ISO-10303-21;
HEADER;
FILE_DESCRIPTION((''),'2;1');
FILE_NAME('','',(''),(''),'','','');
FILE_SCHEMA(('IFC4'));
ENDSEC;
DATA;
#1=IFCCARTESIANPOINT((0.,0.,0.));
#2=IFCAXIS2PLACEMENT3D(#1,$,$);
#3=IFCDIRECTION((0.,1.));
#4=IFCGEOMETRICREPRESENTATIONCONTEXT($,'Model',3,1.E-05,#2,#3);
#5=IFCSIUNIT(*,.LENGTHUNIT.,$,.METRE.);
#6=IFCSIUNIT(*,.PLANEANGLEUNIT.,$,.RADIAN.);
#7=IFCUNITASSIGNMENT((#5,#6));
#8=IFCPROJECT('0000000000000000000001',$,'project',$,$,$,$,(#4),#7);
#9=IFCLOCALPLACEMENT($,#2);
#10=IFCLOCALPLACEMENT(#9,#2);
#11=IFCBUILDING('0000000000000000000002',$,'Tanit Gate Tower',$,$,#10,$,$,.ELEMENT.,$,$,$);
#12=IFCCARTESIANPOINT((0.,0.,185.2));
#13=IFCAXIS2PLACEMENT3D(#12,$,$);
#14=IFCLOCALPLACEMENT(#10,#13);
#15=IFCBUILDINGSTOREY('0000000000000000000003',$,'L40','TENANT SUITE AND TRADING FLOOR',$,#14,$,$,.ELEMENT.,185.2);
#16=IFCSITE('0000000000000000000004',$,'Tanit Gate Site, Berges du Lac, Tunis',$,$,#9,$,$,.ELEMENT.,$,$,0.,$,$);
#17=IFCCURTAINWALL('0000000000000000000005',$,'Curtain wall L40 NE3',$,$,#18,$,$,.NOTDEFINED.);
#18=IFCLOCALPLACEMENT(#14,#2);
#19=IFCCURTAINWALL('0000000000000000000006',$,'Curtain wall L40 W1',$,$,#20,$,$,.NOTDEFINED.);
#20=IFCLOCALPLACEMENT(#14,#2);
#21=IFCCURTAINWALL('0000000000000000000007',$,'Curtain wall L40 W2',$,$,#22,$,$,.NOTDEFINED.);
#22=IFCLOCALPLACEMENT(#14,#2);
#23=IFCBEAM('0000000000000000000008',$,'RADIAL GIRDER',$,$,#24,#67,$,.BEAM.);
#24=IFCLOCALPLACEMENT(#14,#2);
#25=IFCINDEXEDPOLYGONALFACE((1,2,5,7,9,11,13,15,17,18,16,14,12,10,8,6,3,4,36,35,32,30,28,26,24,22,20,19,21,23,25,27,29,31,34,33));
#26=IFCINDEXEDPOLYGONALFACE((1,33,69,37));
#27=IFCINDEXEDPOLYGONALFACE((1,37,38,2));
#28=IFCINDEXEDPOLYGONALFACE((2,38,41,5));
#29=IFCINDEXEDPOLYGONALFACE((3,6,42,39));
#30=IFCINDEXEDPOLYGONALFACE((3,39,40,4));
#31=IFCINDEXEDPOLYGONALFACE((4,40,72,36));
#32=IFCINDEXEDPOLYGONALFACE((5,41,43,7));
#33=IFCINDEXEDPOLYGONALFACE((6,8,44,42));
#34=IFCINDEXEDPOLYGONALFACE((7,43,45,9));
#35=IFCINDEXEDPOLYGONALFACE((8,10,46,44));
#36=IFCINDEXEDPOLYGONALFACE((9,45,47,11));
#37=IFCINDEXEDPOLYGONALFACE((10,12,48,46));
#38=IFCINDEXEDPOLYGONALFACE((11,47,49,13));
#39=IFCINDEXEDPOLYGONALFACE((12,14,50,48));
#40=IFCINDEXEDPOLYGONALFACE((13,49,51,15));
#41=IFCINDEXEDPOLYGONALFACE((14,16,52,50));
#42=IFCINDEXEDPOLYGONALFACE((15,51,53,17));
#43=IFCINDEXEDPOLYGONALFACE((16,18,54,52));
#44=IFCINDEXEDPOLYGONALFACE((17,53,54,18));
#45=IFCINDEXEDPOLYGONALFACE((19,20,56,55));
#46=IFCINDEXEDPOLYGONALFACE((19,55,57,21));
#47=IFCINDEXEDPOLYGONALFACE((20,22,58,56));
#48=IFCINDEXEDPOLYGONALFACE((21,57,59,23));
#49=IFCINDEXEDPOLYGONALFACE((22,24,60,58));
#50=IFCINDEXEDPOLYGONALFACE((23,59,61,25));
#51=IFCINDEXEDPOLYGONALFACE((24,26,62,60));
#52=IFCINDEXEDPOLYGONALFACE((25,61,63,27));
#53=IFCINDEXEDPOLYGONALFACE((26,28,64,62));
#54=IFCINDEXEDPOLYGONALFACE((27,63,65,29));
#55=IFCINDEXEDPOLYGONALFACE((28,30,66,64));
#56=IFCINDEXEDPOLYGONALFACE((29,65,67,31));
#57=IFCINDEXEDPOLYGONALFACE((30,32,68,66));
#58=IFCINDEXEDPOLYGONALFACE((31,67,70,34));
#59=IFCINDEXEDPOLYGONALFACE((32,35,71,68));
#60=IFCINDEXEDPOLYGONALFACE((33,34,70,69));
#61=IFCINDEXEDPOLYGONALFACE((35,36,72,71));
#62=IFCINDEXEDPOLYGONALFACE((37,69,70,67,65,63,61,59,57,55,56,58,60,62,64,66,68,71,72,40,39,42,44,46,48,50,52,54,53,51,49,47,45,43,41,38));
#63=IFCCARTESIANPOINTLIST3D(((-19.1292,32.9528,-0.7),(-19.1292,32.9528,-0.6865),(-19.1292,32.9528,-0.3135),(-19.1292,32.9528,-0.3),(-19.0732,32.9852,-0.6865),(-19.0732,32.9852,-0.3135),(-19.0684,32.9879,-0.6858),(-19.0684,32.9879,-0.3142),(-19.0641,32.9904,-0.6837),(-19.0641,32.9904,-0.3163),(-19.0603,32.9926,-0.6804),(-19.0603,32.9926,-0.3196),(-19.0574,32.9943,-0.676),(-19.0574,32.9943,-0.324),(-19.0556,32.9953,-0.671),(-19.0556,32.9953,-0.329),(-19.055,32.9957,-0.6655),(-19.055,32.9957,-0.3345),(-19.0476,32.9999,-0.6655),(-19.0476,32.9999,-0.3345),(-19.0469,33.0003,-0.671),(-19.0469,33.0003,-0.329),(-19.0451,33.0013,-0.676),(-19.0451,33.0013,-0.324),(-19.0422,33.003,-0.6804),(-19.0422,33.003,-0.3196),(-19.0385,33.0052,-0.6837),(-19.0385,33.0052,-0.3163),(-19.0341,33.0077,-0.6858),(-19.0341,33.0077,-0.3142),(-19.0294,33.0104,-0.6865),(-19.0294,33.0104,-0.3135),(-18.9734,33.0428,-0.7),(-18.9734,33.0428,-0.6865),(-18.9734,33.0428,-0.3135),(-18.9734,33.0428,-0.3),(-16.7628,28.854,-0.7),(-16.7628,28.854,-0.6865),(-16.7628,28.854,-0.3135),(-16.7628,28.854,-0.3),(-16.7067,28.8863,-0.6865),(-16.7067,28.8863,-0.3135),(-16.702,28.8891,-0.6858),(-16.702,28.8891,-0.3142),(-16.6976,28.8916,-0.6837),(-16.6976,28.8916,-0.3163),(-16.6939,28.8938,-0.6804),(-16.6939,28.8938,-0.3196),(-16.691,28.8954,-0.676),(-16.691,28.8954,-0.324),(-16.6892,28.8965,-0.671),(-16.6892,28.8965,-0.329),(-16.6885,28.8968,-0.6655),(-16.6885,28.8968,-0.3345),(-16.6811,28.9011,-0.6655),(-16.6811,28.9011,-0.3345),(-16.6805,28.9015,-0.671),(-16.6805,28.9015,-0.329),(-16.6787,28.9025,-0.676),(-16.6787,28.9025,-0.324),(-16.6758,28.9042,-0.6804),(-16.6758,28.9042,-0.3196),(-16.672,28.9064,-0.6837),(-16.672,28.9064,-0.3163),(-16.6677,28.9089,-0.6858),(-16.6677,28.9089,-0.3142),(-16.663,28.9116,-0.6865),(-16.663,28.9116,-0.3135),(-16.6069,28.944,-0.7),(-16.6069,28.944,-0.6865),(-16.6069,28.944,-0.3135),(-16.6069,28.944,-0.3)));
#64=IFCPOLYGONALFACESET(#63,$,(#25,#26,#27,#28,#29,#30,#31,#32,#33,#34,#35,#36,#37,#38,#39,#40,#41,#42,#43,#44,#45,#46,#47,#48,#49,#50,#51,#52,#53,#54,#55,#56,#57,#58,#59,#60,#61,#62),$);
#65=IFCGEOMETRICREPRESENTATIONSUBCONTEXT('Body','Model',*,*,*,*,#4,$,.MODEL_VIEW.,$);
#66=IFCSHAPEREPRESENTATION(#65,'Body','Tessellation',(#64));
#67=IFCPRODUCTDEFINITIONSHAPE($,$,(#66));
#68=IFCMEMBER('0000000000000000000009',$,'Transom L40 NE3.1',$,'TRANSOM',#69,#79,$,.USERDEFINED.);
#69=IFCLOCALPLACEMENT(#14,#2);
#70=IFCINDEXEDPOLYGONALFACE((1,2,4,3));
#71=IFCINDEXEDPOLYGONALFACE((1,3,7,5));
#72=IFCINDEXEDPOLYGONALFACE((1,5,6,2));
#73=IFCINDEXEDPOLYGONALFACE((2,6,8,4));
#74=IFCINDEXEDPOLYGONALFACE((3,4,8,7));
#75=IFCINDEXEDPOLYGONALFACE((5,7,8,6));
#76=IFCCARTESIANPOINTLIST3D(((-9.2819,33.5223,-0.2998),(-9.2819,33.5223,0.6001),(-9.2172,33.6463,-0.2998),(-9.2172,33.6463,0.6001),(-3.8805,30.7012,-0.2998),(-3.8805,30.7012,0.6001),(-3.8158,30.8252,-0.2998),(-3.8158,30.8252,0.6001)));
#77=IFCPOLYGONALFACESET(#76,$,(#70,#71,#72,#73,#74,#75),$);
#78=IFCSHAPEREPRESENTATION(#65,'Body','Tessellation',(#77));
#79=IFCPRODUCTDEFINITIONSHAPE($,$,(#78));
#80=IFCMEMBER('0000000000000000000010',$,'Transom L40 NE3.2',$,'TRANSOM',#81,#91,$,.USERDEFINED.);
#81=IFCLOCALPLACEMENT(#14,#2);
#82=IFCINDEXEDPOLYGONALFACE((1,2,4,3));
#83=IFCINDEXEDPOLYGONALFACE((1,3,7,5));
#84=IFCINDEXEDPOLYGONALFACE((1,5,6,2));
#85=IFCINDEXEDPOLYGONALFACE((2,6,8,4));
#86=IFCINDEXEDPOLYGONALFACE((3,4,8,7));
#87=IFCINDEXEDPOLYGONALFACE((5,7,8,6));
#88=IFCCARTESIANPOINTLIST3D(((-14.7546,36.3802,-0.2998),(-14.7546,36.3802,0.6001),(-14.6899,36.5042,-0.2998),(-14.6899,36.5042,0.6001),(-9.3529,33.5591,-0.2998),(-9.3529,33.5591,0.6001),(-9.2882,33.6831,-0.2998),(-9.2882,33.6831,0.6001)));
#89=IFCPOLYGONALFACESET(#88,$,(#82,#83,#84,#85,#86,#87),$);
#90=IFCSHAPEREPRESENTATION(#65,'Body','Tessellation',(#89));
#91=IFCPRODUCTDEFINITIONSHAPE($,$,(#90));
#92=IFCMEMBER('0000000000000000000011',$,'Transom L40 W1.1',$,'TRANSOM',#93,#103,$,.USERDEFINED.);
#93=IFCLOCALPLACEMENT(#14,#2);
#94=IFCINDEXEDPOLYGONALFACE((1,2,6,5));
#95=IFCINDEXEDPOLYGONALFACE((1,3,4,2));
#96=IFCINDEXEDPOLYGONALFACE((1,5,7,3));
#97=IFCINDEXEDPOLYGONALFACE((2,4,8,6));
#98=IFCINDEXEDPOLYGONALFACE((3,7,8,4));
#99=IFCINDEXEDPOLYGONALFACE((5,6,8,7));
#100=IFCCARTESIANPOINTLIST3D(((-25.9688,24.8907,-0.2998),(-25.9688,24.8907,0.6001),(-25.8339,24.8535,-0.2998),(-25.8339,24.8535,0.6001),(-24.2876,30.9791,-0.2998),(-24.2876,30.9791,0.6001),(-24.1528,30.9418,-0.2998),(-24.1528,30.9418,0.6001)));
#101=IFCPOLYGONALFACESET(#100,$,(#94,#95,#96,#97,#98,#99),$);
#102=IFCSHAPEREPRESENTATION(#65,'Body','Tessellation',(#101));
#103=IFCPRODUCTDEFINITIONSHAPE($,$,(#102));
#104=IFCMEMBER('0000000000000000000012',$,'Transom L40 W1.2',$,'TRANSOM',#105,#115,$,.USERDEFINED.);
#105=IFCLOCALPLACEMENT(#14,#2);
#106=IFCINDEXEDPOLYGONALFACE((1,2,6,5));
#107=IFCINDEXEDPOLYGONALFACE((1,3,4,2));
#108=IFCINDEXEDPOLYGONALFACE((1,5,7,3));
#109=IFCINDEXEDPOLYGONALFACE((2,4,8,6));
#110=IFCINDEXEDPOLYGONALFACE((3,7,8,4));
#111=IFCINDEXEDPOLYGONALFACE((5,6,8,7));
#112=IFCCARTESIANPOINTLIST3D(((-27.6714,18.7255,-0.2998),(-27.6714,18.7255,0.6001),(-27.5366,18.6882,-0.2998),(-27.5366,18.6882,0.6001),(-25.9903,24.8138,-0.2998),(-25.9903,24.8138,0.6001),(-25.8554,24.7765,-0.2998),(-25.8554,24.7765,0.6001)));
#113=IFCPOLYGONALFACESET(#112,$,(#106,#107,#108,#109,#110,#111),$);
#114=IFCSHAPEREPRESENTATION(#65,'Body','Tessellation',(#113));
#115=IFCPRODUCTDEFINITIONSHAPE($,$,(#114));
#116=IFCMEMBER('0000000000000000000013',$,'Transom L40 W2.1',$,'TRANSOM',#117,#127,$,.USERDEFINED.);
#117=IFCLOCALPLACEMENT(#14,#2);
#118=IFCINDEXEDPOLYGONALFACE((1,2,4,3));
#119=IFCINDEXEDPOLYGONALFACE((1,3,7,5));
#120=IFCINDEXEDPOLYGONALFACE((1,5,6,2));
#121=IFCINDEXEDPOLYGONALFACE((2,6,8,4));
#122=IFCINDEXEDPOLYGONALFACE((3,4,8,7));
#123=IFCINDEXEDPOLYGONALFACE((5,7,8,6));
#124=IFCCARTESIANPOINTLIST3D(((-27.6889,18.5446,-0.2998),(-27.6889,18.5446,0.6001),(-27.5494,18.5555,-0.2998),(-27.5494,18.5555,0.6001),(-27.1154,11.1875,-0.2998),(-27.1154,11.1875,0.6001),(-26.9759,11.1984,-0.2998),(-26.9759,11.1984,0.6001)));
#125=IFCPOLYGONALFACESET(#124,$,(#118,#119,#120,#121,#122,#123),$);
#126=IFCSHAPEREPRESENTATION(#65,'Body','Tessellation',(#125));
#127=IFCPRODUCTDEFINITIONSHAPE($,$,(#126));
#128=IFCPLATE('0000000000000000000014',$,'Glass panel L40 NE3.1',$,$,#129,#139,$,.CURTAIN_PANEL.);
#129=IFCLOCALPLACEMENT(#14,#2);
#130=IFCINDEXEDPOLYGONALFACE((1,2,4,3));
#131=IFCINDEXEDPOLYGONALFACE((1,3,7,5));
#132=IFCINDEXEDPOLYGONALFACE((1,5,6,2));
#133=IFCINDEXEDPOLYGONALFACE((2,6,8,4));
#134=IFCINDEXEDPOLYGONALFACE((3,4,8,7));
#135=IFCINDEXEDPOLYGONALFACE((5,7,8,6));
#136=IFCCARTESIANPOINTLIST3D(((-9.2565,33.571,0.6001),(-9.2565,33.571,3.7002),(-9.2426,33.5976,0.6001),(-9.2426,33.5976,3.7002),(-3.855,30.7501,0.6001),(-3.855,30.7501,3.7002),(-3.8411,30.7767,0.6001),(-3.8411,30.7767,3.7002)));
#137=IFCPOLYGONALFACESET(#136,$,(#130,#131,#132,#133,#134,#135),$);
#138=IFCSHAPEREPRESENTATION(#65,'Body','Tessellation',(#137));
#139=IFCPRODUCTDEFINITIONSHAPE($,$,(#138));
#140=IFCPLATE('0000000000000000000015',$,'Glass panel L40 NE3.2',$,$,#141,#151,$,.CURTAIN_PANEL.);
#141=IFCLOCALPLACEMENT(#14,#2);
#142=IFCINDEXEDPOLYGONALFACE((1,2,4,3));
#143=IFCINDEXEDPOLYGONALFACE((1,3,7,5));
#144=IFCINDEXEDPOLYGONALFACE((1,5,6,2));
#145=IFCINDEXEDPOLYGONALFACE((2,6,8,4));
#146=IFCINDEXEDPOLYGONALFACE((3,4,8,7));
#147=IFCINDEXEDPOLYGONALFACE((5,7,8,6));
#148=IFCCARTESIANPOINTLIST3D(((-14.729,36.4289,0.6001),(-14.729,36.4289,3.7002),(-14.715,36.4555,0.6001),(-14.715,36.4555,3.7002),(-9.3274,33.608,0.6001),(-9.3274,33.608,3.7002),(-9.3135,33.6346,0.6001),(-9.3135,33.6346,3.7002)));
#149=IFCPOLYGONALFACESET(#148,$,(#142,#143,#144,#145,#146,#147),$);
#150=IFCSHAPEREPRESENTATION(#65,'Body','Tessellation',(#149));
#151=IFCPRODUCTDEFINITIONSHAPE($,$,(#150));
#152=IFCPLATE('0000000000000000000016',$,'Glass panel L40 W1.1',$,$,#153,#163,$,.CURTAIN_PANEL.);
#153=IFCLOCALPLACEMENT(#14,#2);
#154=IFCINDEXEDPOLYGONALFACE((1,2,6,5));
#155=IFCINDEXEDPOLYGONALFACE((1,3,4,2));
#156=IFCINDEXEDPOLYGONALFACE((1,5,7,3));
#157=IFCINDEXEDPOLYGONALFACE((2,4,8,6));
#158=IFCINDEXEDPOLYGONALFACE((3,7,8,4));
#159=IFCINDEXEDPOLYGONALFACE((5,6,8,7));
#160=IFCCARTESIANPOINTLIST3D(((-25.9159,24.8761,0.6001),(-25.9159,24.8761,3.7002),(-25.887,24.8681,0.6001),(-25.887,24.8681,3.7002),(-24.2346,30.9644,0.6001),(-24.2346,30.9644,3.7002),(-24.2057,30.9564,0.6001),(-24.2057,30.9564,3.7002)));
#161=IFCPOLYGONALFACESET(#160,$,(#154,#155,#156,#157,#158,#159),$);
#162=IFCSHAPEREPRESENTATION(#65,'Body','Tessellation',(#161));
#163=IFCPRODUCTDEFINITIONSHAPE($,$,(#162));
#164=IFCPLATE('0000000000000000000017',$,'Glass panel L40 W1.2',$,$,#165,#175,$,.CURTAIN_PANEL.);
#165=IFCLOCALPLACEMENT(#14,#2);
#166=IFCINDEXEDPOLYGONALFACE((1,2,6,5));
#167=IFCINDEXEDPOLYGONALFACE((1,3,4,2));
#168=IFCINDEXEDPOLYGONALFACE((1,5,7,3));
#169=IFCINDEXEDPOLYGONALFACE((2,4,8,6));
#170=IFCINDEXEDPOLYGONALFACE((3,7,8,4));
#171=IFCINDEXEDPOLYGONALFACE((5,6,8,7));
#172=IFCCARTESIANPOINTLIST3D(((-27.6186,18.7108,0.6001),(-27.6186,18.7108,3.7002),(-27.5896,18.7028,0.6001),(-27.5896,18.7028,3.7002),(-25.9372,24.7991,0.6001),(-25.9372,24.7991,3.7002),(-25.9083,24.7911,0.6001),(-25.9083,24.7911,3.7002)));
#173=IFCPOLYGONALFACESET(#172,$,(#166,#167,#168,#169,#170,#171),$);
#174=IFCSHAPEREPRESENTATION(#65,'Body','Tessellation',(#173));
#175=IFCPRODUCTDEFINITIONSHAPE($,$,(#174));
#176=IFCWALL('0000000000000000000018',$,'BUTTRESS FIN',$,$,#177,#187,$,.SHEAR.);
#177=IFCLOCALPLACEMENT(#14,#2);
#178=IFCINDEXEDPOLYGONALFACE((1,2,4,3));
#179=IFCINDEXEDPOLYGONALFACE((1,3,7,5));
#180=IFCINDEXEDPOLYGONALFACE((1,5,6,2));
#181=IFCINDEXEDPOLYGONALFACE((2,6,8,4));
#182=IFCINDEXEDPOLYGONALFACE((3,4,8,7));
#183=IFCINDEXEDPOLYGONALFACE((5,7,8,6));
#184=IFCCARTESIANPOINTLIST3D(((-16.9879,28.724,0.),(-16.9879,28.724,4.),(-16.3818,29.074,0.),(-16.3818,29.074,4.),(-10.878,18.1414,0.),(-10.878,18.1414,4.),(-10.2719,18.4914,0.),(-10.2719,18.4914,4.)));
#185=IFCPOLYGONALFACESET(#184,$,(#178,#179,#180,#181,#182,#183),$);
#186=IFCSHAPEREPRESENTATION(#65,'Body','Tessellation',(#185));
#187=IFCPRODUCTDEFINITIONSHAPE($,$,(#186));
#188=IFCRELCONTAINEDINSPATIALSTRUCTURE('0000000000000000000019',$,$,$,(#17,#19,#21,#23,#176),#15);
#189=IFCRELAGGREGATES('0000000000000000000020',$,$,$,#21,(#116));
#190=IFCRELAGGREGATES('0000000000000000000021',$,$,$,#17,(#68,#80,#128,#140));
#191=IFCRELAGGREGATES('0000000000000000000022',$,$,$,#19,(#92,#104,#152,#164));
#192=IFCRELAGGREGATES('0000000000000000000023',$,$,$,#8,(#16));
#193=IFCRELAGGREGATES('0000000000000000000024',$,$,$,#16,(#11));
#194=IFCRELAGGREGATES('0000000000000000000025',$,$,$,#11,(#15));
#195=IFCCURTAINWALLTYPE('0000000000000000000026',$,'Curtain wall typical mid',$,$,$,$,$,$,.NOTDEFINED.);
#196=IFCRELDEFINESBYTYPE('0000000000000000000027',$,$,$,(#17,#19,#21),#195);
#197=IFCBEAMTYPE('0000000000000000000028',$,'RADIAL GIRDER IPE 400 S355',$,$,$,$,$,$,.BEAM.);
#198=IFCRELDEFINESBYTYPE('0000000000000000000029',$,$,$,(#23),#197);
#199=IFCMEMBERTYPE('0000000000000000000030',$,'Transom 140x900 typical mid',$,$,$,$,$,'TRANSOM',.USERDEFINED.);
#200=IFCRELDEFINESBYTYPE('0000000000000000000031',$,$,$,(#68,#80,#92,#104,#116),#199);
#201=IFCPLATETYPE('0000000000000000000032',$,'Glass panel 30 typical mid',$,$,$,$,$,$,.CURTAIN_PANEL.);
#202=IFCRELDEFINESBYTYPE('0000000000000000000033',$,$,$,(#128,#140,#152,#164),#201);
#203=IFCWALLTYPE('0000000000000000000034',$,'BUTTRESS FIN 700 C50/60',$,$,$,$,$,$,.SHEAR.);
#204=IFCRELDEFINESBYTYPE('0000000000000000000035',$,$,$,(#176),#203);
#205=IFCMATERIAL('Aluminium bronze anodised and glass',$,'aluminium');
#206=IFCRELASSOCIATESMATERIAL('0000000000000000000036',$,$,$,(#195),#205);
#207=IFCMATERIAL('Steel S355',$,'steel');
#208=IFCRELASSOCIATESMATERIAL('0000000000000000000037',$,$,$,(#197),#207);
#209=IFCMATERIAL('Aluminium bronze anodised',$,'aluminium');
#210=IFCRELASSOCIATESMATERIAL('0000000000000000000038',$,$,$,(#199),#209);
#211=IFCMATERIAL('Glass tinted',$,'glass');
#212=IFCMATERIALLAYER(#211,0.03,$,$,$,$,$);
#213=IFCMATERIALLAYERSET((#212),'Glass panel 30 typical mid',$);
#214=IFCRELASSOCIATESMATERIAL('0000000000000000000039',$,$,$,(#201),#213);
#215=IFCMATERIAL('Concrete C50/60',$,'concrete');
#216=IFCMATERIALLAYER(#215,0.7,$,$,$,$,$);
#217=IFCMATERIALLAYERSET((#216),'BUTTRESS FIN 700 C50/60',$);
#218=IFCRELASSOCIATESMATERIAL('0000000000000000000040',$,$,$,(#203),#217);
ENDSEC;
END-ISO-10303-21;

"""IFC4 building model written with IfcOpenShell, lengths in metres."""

from ifc_helpers import new_model, si_unit, direction, frame, frame_2d, origin, origin_2d, place, context, subcontext, project, spatial, rectangle, i_section, extrude, material, layer, layer_set, material_profile, profile_set, type_object, element, aggregate, save


model = new_model("IFC4")

# Units and contexts
model_context = context("Model", 3, precision=1e-05, world=origin(), true_north=direction((0.0, 1.0)))
body_context = subcontext(model_context, "Body", "Model", "MODEL_VIEW")
ifc_project = project(units=[si_unit("LENGTHUNIT", "METRE"), si_unit("PLANEANGLEUNIT", "RADIAN")], contexts=[model_context])

# Site, building, storey
site_placement = place(None, origin())
site = spatial("IfcSite", under=ifc_project, at=site_placement, Name="Tanit Gate Site, Berges du Lac, Tunis", CompositionType="ELEMENT", RefElevation=0.0)
building_placement = place(site_placement, origin())
building = spatial("IfcBuilding", under=site, at=building_placement, Name="Tanit Gate Tower", CompositionType="ELEMENT")
storey_placement = place(building_placement, frame((0.0, 0.0, 185.2)))
storey = spatial("IfcBuildingStorey", under=building, at=storey_placement, Name="L40", Description="TENANT SUITE AND TRADING FLOOR", CompositionType="ELEMENT", Elevation=185.2)

# Curtain wall
ifc_material_1 = material(Name="Aluminium bronze anodised and glass", Category="aluminium")
curtain_wall_type = type_object("IfcCurtainWallType", Name="Curtain wall typical mid", PredefinedType="NOTDEFINED", material=ifc_material_1)
curtain_wall_1_placement = place(storey_placement, origin())
curtain_wall_1 = element("IfcCurtainWall", 1, at=curtain_wall_1_placement, inside=storey, type_object=curtain_wall_type, Name="Curtain wall L40 NE3", PredefinedType="NOTDEFINED")

# Curtain walls
curtain_wall_2_placement = place(storey_placement, origin())
curtain_wall_2 = element("IfcCurtainWall", 2, at=curtain_wall_2_placement, inside=storey, type_object=curtain_wall_type, Name="Curtain wall L40 W1", PredefinedType="NOTDEFINED")
curtain_wall_3_placement = place(storey_placement, origin())
curtain_wall_3 = element("IfcCurtainWall", 3, at=curtain_wall_3_placement, inside=storey, type_object=curtain_wall_type, Name="Curtain wall L40 W2", PredefinedType="NOTDEFINED")

# Beam
ifc_material_2 = material(Name="Steel S355", Category="steel")
ifc_material_profile_1 = material_profile(ifc_material_2, i_section(OverallWidth=0.1799, OverallDepth=0.3999, WebThickness=0.0085, FlangeThickness=0.0134, FilletRadius=0.021, at=origin_2d()), Name="IPE 400")
ifc_profile_set_1 = profile_set([ifc_material_profile_1], Name="Steel S355")
beam_type_1 = type_object("IfcBeamType", Name="RADIAL GIRDER IPE 400 S355", PredefinedType="BEAM", material=ifc_profile_set_1)
beam_1_placement = place(storey_placement, frame((-19.0513, 32.9978, -0.5), z_axis=(0.499995, -0.866028, 0.0), x_axis=(0.866028, 0.499995, 0.0)))
element("IfcBeam", 4, at=beam_1_placement, inside=storey, type_object=beam_type_1, Name="RADIAL GIRDER", PredefinedType="BEAM", context=body_context, shape_type="SweptSolid", body=[
    extrude(i_section(OverallWidth=0.1799, OverallDepth=0.3999, WebThickness=0.0085, FlangeThickness=0.0134, FilletRadius=0.021, at=origin_2d()), origin(), (0.0, 0.0, 1.0), 4.7329),
])

# Members
ifc_material_3 = material(Name="Aluminium bronze anodised", Category="aluminium")
ifc_material_profile_2 = material_profile(ifc_material_3, rectangle(XDim=0.1399, YDim=0.8999, at=origin_2d()), Name="140x900 bronze transom")
ifc_profile_set_2 = profile_set([ifc_material_profile_2], Name="Aluminium bronze anodised")
member_type_1 = type_object("IfcMemberType", Name="Transom 140x900 typical mid", ElementType="TRANSOM", PredefinedType="USERDEFINED", material=ifc_profile_set_2)
member_1_placement = place(storey_placement, frame((-3.8481, 30.7632, 0.1501), z_axis=(-0.886387, 0.462945, 0.0), x_axis=(-0.462945, -0.886387, 0.0)))
member_1 = element("IfcMember", 5, at=member_1_placement, type_object=member_type_1, Name="Transom L40 NE3.1", ObjectType="TRANSOM", PredefinedType="USERDEFINED", context=body_context, shape_type="SweptSolid", body=[
    extrude(rectangle(XDim=0.1399, YDim=0.8999, at=origin_2d()), origin(), (0.0, 0.0, 1.0), 6.0938),
])
member_2_placement = place(storey_placement, frame((-9.3206, 33.6211, 0.1501), z_axis=(-0.886395, 0.462929, 0.0), x_axis=(-0.462929, -0.886395, 0.0)))
member_2 = element("IfcMember", 6, at=member_2_placement, type_object=member_type_1, Name="Transom L40 NE3.2", ObjectType="TRANSOM", PredefinedType="USERDEFINED", context=body_context, shape_type="SweptSolid", body=[
    extrude(rectangle(XDim=0.1399, YDim=0.8999, at=origin_2d()), origin(), (0.0, 0.0, 1.0), 6.094),
])
member_3_placement = place(storey_placement, frame((-24.2202, 30.9604, 0.1501), z_axis=(-0.266164, -0.963928, 0.0), x_axis=(0.963928, -0.266164, 0.0)))
member_3 = element("IfcMember", 7, at=member_3_placement, type_object=member_type_1, Name="Transom L40 W1.1", ObjectType="TRANSOM", PredefinedType="USERDEFINED", context=body_context, shape_type="SweptSolid", body=[
    extrude(rectangle(XDim=0.1399, YDim=0.8999, at=origin_2d()), origin(), (0.0, 0.0, 1.0), 6.3162),
])
member_4_placement = place(storey_placement, frame((-25.9229, 24.7952, 0.1501), z_axis=(-0.266164, -0.963928, 0.0), x_axis=(0.963928, -0.266164, 0.0)))
member_4 = element("IfcMember", 8, at=member_4_placement, type_object=member_type_1, Name="Transom L40 W1.2", ObjectType="TRANSOM", PredefinedType="USERDEFINED", context=body_context, shape_type="SweptSolid", body=[
    extrude(rectangle(XDim=0.1399, YDim=0.8999, at=origin_2d()), origin(), (0.0, 0.0, 1.0), 6.3162),
])
member_5_placement = place(storey_placement, frame((-27.6191, 18.55, 0.1501), z_axis=(0.077713, -0.996976, 0.0), x_axis=(0.996976, 0.077713, 0.0)))
member_5 = element("IfcMember", 9, at=member_5_placement, type_object=member_type_1, Name="Transom L40 W2.1", ObjectType="TRANSOM", PredefinedType="USERDEFINED", context=body_context, shape_type="SweptSolid", body=[
    extrude(rectangle(XDim=0.1399, YDim=0.8999, at=origin_2d()), origin(), (0.0, 0.0, 1.0), 7.3794),
])
aggregate(curtain_wall_3, [member_5])

# Plates
ifc_material_4 = material(Name="Glass tinted", Category="glass")
ifc_layer_1 = layer(ifc_material_4, 0.03)
ifc_layer_set_1 = layer_set([ifc_layer_1], Name="Glass panel 30 typical mid")
plate_type = type_object("IfcPlateType", Name="Glass panel 30 typical mid", PredefinedType="CURTAIN_PANEL", material=ifc_layer_set_1)
plate_1_placement = place(storey_placement, frame((-6.5488, 32.1738, 0.6001), z_axis=(0.0, 0.0, 1.0), x_axis=(-0.886403, 0.462914, 0.0)))
plate_1 = element("IfcPlate", 10, at=plate_1_placement, type_object=plate_type, Name="Glass panel L40 NE3.1", PredefinedType="CURTAIN_PANEL", context=body_context, shape_type="SweptSolid", body=[
    extrude(rectangle(XDim=6.0938, YDim=0.03, at=origin_2d()), origin(), (0.0, 0.0, 1.0), 3.1001),
])
plate_2_placement = place(storey_placement, frame((-12.0212, 35.0317, 0.6001), z_axis=(0.0, 0.0, 1.0), x_axis=(-0.886403, 0.462914, 0.0)))
plate_2 = element("IfcPlate", 11, at=plate_2_placement, type_object=plate_type, Name="Glass panel L40 NE3.2", PredefinedType="CURTAIN_PANEL", context=body_context, shape_type="SweptSolid", body=[
    extrude(rectangle(XDim=6.0938, YDim=0.03, at=origin_2d()), origin(), (0.0, 0.0, 1.0), 3.1001),
])
aggregate(curtain_wall_1, [member_1, member_2, plate_1, plate_2])
plate_3_placement = place(storey_placement, frame((-25.0608, 27.9163, 0.6001), z_axis=(0.0, 0.0, 1.0), x_axis=(-0.266191, -0.96392, 0.0)))
plate_3 = element("IfcPlate", 12, at=plate_3_placement, type_object=plate_type, Name="Glass panel L40 W1.1", PredefinedType="CURTAIN_PANEL", context=body_context, shape_type="SweptSolid", body=[
    extrude(rectangle(XDim=6.3162, YDim=0.03, at=origin_2d()), origin(), (0.0, 0.0, 1.0), 3.1001),
])
plate_4_placement = place(storey_placement, frame((-26.7634, 21.751, 0.6001), z_axis=(0.0, 0.0, 1.0), x_axis=(-0.266191, -0.96392, 0.0)))
plate_4 = element("IfcPlate", 13, at=plate_4_placement, type_object=plate_type, Name="Glass panel L40 W1.2", PredefinedType="CURTAIN_PANEL", context=body_context, shape_type="SweptSolid", body=[
    extrude(rectangle(XDim=6.3162, YDim=0.03, at=origin_2d()), origin(), (0.0, 0.0, 1.0), 3.1001),
])
aggregate(curtain_wall_2, [member_3, member_4, plate_3, plate_4])

# Wall
ifc_material_5 = material(Name="Concrete C50/60", Category="concrete")
ifc_layer_2 = layer(ifc_material_5, 0.7)
ifc_layer_set_2 = layer_set([ifc_layer_2], Name="BUTTRESS FIN 700 C50/60")
wall_type_1 = type_object("IfcWallType", Name="BUTTRESS FIN 700 C50/60", PredefinedType="SHEAR", material=ifc_layer_set_2)
wall_1_placement = place(storey_placement, frame((-10.575, 18.3164, 0.0), z_axis=(0.0, 0.0, 1.0), x_axis=(-0.500003, 0.866024, 0.0)))
element("IfcWall", 14, at=wall_1_placement, inside=storey, type_object=wall_type_1, Name="BUTTRESS FIN", PredefinedType="SHEAR", context=body_context, shape_type="SweptSolid", body=[
    extrude(rectangle(XDim=12.2197, YDim=0.7, at=frame_2d((6.1099, 0.0))), origin(), (0.0, 0.0, 1.0), 4.0),
])

save(model, "model.ifc")
